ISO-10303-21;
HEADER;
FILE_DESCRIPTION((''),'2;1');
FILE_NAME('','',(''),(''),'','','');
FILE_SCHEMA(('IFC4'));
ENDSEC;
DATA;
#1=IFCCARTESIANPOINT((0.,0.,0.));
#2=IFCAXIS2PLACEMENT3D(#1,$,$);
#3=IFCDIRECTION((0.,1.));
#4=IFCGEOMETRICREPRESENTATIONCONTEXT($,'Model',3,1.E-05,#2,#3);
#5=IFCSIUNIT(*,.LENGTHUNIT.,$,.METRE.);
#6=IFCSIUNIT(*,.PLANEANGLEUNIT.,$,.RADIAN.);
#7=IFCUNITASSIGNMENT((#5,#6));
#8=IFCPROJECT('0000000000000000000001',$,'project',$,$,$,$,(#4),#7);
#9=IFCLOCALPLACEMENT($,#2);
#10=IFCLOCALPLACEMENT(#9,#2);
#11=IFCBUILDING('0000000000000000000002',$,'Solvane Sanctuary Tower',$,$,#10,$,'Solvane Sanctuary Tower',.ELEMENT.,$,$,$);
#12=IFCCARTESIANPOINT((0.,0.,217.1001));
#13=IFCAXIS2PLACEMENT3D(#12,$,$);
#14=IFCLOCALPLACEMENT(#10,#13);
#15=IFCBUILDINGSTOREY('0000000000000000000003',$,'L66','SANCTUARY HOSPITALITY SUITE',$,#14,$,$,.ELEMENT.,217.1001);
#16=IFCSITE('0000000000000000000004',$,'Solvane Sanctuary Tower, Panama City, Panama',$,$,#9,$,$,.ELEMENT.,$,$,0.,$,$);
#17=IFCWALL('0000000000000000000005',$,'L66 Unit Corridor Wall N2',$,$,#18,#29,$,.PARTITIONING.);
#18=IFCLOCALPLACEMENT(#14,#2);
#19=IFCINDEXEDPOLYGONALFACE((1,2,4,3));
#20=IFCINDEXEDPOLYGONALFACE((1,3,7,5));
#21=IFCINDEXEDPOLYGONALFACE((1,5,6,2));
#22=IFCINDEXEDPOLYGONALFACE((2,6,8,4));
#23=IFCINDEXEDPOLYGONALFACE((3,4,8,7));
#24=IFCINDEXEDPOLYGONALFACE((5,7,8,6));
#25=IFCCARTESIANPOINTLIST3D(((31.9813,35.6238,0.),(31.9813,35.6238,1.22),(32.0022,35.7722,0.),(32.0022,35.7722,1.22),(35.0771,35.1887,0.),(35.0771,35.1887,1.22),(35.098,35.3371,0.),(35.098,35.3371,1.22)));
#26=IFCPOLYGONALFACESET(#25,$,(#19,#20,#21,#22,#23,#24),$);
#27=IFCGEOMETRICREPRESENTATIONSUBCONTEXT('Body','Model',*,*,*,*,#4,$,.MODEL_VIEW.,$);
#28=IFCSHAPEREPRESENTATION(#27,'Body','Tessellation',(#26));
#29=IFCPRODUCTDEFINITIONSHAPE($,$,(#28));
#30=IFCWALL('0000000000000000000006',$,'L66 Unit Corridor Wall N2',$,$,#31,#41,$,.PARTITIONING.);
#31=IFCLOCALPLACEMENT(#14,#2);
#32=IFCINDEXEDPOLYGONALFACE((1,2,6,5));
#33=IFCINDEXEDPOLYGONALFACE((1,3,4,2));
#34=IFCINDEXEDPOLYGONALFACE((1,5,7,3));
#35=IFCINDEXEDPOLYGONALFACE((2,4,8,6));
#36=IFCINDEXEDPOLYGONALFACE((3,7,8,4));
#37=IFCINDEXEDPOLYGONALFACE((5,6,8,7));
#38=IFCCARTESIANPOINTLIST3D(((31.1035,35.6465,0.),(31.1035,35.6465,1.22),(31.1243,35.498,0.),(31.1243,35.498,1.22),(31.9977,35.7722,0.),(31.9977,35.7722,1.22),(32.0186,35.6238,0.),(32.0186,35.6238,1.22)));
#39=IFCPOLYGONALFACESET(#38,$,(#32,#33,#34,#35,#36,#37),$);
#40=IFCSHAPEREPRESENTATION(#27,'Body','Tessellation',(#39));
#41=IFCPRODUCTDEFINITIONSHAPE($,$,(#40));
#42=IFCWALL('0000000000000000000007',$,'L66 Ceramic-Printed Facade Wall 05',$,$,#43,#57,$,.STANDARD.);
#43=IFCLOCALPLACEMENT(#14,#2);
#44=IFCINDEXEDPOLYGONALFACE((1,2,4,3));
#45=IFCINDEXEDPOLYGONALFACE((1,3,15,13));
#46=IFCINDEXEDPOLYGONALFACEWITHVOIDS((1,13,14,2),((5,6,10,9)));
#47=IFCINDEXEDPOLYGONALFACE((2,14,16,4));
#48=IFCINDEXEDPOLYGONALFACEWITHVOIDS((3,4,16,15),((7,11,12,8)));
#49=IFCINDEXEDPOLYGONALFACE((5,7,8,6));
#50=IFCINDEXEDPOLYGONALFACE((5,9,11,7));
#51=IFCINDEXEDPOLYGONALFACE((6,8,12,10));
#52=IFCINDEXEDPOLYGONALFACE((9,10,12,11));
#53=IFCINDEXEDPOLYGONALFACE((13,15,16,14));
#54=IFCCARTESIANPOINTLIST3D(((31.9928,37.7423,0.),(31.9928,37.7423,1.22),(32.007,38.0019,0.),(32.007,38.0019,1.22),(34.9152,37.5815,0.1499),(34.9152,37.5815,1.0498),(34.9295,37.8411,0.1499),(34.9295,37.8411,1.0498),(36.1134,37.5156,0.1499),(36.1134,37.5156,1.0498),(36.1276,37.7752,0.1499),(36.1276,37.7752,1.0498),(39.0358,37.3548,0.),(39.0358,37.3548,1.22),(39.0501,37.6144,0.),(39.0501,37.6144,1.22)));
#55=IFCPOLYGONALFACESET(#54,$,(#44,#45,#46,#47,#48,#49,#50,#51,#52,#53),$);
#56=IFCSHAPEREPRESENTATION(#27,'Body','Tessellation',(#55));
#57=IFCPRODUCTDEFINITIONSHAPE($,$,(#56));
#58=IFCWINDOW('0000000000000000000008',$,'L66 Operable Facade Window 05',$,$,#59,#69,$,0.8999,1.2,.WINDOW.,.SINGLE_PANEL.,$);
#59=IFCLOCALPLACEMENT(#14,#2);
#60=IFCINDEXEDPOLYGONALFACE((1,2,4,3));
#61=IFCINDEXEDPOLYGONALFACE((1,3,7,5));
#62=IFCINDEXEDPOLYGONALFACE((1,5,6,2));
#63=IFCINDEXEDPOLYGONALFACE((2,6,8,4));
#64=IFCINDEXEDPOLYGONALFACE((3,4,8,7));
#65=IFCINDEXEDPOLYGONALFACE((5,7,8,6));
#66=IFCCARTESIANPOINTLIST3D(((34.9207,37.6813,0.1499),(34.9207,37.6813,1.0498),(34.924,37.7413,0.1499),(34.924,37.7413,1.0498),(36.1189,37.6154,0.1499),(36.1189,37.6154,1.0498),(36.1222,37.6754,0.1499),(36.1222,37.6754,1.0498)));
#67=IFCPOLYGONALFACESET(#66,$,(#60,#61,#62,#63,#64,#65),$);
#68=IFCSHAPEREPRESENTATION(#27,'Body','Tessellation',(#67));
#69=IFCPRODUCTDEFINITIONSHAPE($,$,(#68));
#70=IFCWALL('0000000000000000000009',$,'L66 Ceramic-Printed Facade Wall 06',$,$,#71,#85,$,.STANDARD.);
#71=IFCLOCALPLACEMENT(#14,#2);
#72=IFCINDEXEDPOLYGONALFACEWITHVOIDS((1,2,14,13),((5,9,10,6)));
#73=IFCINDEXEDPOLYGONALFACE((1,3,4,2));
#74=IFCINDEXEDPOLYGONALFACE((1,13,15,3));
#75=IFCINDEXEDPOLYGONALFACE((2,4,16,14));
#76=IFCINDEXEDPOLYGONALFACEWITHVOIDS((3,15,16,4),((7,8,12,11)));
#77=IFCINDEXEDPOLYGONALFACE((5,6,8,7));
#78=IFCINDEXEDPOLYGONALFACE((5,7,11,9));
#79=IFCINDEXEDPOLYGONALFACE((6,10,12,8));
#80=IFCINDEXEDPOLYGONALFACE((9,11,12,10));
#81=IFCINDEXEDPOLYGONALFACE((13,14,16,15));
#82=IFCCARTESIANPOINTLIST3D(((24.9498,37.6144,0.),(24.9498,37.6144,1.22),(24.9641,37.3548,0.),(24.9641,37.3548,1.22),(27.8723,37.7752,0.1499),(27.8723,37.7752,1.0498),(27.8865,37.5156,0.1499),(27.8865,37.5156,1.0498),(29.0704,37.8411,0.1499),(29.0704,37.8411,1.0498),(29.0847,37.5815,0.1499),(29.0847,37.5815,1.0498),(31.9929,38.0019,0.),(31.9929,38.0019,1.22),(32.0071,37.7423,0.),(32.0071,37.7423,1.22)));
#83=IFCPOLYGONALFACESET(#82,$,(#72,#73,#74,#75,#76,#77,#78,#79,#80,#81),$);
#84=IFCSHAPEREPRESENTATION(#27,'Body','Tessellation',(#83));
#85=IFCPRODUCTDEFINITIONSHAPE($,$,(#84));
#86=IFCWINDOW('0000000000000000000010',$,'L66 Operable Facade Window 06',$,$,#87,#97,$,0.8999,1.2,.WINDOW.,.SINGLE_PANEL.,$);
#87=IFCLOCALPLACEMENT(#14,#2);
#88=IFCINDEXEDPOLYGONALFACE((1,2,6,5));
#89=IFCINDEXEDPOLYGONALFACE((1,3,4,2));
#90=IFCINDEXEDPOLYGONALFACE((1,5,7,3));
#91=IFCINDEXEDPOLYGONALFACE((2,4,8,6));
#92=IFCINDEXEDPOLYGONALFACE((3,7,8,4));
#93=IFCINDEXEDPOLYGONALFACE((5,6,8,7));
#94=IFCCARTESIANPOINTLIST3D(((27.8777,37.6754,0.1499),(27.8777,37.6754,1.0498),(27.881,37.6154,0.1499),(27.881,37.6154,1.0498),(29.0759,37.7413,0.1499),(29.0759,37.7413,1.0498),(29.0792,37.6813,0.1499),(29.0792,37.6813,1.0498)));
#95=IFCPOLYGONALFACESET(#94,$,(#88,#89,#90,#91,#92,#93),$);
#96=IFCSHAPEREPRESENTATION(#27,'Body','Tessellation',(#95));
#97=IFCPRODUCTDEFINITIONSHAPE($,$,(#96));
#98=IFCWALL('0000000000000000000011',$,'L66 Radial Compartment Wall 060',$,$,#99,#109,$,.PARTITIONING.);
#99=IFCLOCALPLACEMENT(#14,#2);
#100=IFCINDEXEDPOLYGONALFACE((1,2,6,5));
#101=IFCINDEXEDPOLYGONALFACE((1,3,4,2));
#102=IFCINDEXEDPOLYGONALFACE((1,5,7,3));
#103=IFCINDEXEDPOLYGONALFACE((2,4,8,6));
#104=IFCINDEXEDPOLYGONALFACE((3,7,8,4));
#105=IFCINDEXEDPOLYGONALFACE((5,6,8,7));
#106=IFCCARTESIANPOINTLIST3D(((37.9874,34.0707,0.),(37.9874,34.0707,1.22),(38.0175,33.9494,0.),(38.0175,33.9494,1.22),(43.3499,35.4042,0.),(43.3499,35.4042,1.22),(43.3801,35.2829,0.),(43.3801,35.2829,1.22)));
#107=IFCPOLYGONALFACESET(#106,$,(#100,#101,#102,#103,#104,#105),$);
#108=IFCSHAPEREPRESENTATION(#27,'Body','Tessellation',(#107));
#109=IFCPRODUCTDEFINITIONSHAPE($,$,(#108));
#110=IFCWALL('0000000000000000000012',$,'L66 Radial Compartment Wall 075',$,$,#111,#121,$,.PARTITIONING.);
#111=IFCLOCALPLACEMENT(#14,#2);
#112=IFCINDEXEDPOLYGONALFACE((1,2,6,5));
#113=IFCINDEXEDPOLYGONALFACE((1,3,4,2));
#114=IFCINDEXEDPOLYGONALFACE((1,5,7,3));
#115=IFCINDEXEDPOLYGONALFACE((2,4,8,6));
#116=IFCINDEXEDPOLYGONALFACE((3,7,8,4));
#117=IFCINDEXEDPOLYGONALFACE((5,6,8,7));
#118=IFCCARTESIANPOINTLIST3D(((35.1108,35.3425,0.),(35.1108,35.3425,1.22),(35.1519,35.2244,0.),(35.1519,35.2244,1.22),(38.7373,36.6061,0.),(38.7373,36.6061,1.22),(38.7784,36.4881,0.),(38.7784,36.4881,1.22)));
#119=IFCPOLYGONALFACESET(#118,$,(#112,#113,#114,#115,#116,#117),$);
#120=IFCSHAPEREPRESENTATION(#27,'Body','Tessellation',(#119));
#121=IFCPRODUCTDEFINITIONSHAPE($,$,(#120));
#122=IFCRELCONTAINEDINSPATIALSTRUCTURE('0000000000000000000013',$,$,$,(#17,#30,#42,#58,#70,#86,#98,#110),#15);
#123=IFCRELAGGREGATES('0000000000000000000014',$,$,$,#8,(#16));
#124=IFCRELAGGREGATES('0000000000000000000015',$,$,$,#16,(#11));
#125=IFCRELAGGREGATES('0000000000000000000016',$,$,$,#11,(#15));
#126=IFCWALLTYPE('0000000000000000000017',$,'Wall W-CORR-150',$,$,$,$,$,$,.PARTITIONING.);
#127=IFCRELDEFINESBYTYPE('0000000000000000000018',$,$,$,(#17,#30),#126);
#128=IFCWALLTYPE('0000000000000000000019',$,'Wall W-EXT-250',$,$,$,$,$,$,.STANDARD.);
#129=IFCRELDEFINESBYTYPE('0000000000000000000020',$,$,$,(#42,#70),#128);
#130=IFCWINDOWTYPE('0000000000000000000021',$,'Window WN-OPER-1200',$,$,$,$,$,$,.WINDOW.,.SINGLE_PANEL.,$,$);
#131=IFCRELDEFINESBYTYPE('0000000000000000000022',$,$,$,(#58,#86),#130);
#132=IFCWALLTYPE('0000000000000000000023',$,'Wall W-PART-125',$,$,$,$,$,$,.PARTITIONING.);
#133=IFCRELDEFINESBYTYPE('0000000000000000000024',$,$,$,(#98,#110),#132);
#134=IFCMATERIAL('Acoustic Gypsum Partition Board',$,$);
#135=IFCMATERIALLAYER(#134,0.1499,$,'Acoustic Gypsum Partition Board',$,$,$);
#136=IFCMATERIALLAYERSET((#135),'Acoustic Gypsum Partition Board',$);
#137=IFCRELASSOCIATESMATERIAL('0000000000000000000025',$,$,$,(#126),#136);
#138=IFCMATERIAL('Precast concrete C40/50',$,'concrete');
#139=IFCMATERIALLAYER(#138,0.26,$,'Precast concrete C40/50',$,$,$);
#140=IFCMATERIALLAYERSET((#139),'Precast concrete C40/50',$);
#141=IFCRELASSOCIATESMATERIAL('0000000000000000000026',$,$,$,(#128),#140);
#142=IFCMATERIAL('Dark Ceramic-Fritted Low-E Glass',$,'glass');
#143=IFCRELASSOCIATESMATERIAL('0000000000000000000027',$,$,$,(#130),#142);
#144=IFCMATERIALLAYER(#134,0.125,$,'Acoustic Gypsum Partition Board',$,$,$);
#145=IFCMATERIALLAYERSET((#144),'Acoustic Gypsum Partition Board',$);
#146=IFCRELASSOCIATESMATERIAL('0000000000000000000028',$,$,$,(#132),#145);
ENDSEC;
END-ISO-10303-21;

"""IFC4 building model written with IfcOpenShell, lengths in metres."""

from ifc_helpers import new_model, si_unit, direction, frame, frame_2d, origin, place, context, subcontext, project, spatial, rectangle, extrude, material, layer, layer_set, type_object, element, fill, save


model = new_model("IFC4")

# Units and contexts
model_context = context("Model", 3, precision=1e-05, world=origin(), true_north=direction((0.0, 1.0)))
body_context = subcontext(model_context, "Body", "Model", "MODEL_VIEW")
ifc_project = project(units=[si_unit("LENGTHUNIT", "METRE"), si_unit("PLANEANGLEUNIT", "RADIAN")], contexts=[model_context])

# Site, building, storey
site_placement = place(None, origin())
site = spatial("IfcSite", under=ifc_project, at=site_placement, Name="Solvane Sanctuary Tower, Panama City, Panama", CompositionType="ELEMENT", RefElevation=0.0)
building_placement = place(site_placement, origin())
building = spatial("IfcBuilding", under=site, at=building_placement, Name="Solvane Sanctuary Tower", LongName="Solvane Sanctuary Tower", CompositionType="ELEMENT")
storey_placement = place(building_placement, frame((0.0, 0.0, 217.1001)))
storey = spatial("IfcBuildingStorey", under=building, at=storey_placement, Name="L66", Description="SANCTUARY HOSPITALITY SUITE", CompositionType="ELEMENT", Elevation=217.1001)

# Shared definitions
ifc_material_1 = material(Name="Acoustic Gypsum Partition Board")
ifc_layer_1 = layer(ifc_material_1, 0.1499, Name="Acoustic Gypsum Partition Board")
ifc_layer_set_1 = layer_set([ifc_layer_1], Name="Acoustic Gypsum Partition Board")
wall_type_1 = type_object("IfcWallType", Name="Wall W-CORR-150", PredefinedType="PARTITIONING", material=ifc_layer_set_1)

# Walls
wall_1_placement = place(storey_placement, frame((35.0874, 35.2629, 0.0), z_axis=(0.0, 0.0, 1.0), x_axis=(-0.990269, 0.139169, 0.0)))
element("IfcWall", 1, at=wall_1_placement, inside=storey, type_object=wall_type_1, Name="L66 Unit Corridor Wall N2", PredefinedType="PARTITIONING", context=body_context, shape_type="SweptSolid", body=[
    extrude(rectangle(XDim=3.1262, YDim=0.1499, at=frame_2d((1.563, 0.0))), origin(), (0.0, 0.0, 1.0), 1.22),
])
wall_2_placement = place(storey_placement, frame((32.0083, 35.698, 0.0), z_axis=(0.0, 0.0, 1.0), x_axis=(-0.990261, -0.139226, 0.0)))
element("IfcWall", 2, at=wall_2_placement, inside=storey, type_object=wall_type_1, Name="L66 Unit Corridor Wall N2", PredefinedType="PARTITIONING", context=body_context, shape_type="SweptSolid", body=[
    extrude(rectangle(XDim=0.9031, YDim=0.1499, at=frame_2d((0.4517, 0.0))), origin(), (0.0, 0.0, 1.0), 1.22),
])

# Walls, openings, windows
ifc_material_2 = material(Name="Precast concrete C40/50", Category="concrete")
ifc_layer_2 = layer(ifc_material_2, 0.26, Name="Precast concrete C40/50")
ifc_layer_set_2 = layer_set([ifc_layer_2], Name="Precast concrete C40/50")
wall_type_2 = type_object("IfcWallType", Name="Wall W-EXT-250", PredefinedType="STANDARD", material=ifc_layer_set_2)
wall_3_placement = place(storey_placement, frame((39.043, 37.4846, 0.0), z_axis=(0.0, 0.0, 1.0), x_axis=(-0.99849, 0.054929, 0.0)))
wall_3 = element("IfcWall", 3, at=wall_3_placement, inside=storey, type_object=wall_type_2, Name="L66 Ceramic-Printed Facade Wall 05", PredefinedType="STANDARD", context=body_context, shape_type="SweptSolid", body=[
    extrude(rectangle(XDim=7.0537, YDim=0.26, at=frame_2d((3.5269, 0.0))), origin(), (0.0, 0.0, 1.0), 1.22),
])
opening_1_placement = place(wall_3_placement, frame((2.9268, 0.0, 0.1499)))
opening_1 = element("IfcOpeningElement", 4, at=opening_1_placement, cuts=wall_3, PredefinedType="OPENING", context=body_context, shape_type="SweptSolid", body=[
    extrude(rectangle(XDim=1.2, YDim=0.8999, at=frame_2d((0.6001, 0.45))), frame((0.0, 0.1399, 0.0), z_axis=(0.0, -1.0, 0.0), x_axis=(1.0, 0.0, 0.0)), (0.0, 0.0, 1.0), 0.28),
])
ifc_material_3 = material(Name="Dark Ceramic-Fritted Low-E Glass", Category="glass")
window_type = type_object("IfcWindowType", Name="Window WN-OPER-1200", PartitioningType="SINGLE_PANEL", PredefinedType="WINDOW", material=ifc_material_3)
window_1_placement = place(opening_1_placement, origin())
window_1 = element("IfcWindow", 5, at=window_1_placement, inside=storey, type_object=window_type, Name="L66 Operable Facade Window 05", OverallHeight=0.8999, OverallWidth=1.2, PartitioningType="SINGLE_PANEL", PredefinedType="WINDOW", context=body_context, shape_type="SweptSolid", body=[
    extrude(rectangle(XDim=1.2, YDim=0.8999, at=frame_2d((0.6001, 0.45))), frame((0.0, 0.03, 0.0), z_axis=(0.0, -1.0, 0.0), x_axis=(1.0, 0.0, 0.0)), (0.0, 0.0, 1.0), 0.0601),
])
fill(opening_1, window_1)
wall_4_placement = place(storey_placement, frame((32.0, 37.8721, 0.0), z_axis=(0.0, 0.0, 1.0), x_axis=(-0.99849, -0.054929, 0.0)))
wall_4 = element("IfcWall", 6, at=wall_4_placement, inside=storey, type_object=wall_type_2, Name="L66 Ceramic-Printed Facade Wall 06", PredefinedType="STANDARD", context=body_context, shape_type="SweptSolid", body=[
    extrude(rectangle(XDim=7.0537, YDim=0.26, at=frame_2d((3.5269, 0.0))), origin(), (0.0, 0.0, 1.0), 1.22),
])
opening_2_placement = place(wall_4_placement, frame((2.9268, 0.0, 0.1499)))
opening_2 = element("IfcOpeningElement", 7, at=opening_2_placement, cuts=wall_4, PredefinedType="OPENING", context=body_context, shape_type="SweptSolid", body=[
    extrude(rectangle(XDim=1.2, YDim=0.8999, at=frame_2d((0.6001, 0.45))), frame((0.0, 0.1399, 0.0), z_axis=(0.0, -1.0, 0.0), x_axis=(1.0, 0.0, 0.0)), (0.0, 0.0, 1.0), 0.28),
])
window_2_placement = place(opening_2_placement, origin())
window_2 = element("IfcWindow", 8, at=window_2_placement, inside=storey, type_object=window_type, Name="L66 Operable Facade Window 06", OverallHeight=0.8999, OverallWidth=1.2, PartitioningType="SINGLE_PANEL", PredefinedType="WINDOW", context=body_context, shape_type="SweptSolid", body=[
    extrude(rectangle(XDim=1.2, YDim=0.8999, at=frame_2d((0.6001, 0.45))), frame((0.0, 0.03, 0.0), z_axis=(0.0, -1.0, 0.0), x_axis=(1.0, 0.0, 0.0)), (0.0, 0.0, 1.0), 0.0601),
])
fill(opening_2, window_2)

# Walls
ifc_layer_3 = layer(ifc_material_1, 0.125, Name="Acoustic Gypsum Partition Board")
ifc_layer_set_3 = layer_set([ifc_layer_3], Name="Acoustic Gypsum Partition Board")
wall_type_3 = type_object("IfcWallType", Name="Wall W-PART-125", PredefinedType="PARTITIONING", material=ifc_layer_set_3)
wall_5_placement = place(storey_placement, frame((38.0024, 34.01, 0.0), z_axis=(0.0, 0.0, 1.0), x_axis=(0.970446, 0.241319, 0.0)))
element("IfcWall", 9, at=wall_5_placement, inside=storey, type_object=wall_type_3, Name="L66 Radial Compartment Wall 060", PredefinedType="PARTITIONING", context=body_context, shape_type="SweptSolid", body=[
    extrude(rectangle(XDim=5.5259, YDim=0.125, at=frame_2d((2.7629, 0.0))), origin(), (0.0, 0.0, 1.0), 1.22),
])
wall_6_placement = place(storey_placement, frame((35.1313, 35.2834, 0.0), z_axis=(0.0, 0.0, 1.0), x_axis=(0.944311, 0.329053, 0.0)))
element("IfcWall", 10, at=wall_6_placement, inside=storey, type_object=wall_type_3, Name="L66 Radial Compartment Wall 075", PredefinedType="PARTITIONING", context=body_context, shape_type="SweptSolid", body=[
    extrude(rectangle(XDim=3.8403, YDim=0.125, at=frame_2d((1.9202, 0.0))), origin(), (0.0, 0.0, 1.0), 1.22),
])

save(model, "model.ifc")
